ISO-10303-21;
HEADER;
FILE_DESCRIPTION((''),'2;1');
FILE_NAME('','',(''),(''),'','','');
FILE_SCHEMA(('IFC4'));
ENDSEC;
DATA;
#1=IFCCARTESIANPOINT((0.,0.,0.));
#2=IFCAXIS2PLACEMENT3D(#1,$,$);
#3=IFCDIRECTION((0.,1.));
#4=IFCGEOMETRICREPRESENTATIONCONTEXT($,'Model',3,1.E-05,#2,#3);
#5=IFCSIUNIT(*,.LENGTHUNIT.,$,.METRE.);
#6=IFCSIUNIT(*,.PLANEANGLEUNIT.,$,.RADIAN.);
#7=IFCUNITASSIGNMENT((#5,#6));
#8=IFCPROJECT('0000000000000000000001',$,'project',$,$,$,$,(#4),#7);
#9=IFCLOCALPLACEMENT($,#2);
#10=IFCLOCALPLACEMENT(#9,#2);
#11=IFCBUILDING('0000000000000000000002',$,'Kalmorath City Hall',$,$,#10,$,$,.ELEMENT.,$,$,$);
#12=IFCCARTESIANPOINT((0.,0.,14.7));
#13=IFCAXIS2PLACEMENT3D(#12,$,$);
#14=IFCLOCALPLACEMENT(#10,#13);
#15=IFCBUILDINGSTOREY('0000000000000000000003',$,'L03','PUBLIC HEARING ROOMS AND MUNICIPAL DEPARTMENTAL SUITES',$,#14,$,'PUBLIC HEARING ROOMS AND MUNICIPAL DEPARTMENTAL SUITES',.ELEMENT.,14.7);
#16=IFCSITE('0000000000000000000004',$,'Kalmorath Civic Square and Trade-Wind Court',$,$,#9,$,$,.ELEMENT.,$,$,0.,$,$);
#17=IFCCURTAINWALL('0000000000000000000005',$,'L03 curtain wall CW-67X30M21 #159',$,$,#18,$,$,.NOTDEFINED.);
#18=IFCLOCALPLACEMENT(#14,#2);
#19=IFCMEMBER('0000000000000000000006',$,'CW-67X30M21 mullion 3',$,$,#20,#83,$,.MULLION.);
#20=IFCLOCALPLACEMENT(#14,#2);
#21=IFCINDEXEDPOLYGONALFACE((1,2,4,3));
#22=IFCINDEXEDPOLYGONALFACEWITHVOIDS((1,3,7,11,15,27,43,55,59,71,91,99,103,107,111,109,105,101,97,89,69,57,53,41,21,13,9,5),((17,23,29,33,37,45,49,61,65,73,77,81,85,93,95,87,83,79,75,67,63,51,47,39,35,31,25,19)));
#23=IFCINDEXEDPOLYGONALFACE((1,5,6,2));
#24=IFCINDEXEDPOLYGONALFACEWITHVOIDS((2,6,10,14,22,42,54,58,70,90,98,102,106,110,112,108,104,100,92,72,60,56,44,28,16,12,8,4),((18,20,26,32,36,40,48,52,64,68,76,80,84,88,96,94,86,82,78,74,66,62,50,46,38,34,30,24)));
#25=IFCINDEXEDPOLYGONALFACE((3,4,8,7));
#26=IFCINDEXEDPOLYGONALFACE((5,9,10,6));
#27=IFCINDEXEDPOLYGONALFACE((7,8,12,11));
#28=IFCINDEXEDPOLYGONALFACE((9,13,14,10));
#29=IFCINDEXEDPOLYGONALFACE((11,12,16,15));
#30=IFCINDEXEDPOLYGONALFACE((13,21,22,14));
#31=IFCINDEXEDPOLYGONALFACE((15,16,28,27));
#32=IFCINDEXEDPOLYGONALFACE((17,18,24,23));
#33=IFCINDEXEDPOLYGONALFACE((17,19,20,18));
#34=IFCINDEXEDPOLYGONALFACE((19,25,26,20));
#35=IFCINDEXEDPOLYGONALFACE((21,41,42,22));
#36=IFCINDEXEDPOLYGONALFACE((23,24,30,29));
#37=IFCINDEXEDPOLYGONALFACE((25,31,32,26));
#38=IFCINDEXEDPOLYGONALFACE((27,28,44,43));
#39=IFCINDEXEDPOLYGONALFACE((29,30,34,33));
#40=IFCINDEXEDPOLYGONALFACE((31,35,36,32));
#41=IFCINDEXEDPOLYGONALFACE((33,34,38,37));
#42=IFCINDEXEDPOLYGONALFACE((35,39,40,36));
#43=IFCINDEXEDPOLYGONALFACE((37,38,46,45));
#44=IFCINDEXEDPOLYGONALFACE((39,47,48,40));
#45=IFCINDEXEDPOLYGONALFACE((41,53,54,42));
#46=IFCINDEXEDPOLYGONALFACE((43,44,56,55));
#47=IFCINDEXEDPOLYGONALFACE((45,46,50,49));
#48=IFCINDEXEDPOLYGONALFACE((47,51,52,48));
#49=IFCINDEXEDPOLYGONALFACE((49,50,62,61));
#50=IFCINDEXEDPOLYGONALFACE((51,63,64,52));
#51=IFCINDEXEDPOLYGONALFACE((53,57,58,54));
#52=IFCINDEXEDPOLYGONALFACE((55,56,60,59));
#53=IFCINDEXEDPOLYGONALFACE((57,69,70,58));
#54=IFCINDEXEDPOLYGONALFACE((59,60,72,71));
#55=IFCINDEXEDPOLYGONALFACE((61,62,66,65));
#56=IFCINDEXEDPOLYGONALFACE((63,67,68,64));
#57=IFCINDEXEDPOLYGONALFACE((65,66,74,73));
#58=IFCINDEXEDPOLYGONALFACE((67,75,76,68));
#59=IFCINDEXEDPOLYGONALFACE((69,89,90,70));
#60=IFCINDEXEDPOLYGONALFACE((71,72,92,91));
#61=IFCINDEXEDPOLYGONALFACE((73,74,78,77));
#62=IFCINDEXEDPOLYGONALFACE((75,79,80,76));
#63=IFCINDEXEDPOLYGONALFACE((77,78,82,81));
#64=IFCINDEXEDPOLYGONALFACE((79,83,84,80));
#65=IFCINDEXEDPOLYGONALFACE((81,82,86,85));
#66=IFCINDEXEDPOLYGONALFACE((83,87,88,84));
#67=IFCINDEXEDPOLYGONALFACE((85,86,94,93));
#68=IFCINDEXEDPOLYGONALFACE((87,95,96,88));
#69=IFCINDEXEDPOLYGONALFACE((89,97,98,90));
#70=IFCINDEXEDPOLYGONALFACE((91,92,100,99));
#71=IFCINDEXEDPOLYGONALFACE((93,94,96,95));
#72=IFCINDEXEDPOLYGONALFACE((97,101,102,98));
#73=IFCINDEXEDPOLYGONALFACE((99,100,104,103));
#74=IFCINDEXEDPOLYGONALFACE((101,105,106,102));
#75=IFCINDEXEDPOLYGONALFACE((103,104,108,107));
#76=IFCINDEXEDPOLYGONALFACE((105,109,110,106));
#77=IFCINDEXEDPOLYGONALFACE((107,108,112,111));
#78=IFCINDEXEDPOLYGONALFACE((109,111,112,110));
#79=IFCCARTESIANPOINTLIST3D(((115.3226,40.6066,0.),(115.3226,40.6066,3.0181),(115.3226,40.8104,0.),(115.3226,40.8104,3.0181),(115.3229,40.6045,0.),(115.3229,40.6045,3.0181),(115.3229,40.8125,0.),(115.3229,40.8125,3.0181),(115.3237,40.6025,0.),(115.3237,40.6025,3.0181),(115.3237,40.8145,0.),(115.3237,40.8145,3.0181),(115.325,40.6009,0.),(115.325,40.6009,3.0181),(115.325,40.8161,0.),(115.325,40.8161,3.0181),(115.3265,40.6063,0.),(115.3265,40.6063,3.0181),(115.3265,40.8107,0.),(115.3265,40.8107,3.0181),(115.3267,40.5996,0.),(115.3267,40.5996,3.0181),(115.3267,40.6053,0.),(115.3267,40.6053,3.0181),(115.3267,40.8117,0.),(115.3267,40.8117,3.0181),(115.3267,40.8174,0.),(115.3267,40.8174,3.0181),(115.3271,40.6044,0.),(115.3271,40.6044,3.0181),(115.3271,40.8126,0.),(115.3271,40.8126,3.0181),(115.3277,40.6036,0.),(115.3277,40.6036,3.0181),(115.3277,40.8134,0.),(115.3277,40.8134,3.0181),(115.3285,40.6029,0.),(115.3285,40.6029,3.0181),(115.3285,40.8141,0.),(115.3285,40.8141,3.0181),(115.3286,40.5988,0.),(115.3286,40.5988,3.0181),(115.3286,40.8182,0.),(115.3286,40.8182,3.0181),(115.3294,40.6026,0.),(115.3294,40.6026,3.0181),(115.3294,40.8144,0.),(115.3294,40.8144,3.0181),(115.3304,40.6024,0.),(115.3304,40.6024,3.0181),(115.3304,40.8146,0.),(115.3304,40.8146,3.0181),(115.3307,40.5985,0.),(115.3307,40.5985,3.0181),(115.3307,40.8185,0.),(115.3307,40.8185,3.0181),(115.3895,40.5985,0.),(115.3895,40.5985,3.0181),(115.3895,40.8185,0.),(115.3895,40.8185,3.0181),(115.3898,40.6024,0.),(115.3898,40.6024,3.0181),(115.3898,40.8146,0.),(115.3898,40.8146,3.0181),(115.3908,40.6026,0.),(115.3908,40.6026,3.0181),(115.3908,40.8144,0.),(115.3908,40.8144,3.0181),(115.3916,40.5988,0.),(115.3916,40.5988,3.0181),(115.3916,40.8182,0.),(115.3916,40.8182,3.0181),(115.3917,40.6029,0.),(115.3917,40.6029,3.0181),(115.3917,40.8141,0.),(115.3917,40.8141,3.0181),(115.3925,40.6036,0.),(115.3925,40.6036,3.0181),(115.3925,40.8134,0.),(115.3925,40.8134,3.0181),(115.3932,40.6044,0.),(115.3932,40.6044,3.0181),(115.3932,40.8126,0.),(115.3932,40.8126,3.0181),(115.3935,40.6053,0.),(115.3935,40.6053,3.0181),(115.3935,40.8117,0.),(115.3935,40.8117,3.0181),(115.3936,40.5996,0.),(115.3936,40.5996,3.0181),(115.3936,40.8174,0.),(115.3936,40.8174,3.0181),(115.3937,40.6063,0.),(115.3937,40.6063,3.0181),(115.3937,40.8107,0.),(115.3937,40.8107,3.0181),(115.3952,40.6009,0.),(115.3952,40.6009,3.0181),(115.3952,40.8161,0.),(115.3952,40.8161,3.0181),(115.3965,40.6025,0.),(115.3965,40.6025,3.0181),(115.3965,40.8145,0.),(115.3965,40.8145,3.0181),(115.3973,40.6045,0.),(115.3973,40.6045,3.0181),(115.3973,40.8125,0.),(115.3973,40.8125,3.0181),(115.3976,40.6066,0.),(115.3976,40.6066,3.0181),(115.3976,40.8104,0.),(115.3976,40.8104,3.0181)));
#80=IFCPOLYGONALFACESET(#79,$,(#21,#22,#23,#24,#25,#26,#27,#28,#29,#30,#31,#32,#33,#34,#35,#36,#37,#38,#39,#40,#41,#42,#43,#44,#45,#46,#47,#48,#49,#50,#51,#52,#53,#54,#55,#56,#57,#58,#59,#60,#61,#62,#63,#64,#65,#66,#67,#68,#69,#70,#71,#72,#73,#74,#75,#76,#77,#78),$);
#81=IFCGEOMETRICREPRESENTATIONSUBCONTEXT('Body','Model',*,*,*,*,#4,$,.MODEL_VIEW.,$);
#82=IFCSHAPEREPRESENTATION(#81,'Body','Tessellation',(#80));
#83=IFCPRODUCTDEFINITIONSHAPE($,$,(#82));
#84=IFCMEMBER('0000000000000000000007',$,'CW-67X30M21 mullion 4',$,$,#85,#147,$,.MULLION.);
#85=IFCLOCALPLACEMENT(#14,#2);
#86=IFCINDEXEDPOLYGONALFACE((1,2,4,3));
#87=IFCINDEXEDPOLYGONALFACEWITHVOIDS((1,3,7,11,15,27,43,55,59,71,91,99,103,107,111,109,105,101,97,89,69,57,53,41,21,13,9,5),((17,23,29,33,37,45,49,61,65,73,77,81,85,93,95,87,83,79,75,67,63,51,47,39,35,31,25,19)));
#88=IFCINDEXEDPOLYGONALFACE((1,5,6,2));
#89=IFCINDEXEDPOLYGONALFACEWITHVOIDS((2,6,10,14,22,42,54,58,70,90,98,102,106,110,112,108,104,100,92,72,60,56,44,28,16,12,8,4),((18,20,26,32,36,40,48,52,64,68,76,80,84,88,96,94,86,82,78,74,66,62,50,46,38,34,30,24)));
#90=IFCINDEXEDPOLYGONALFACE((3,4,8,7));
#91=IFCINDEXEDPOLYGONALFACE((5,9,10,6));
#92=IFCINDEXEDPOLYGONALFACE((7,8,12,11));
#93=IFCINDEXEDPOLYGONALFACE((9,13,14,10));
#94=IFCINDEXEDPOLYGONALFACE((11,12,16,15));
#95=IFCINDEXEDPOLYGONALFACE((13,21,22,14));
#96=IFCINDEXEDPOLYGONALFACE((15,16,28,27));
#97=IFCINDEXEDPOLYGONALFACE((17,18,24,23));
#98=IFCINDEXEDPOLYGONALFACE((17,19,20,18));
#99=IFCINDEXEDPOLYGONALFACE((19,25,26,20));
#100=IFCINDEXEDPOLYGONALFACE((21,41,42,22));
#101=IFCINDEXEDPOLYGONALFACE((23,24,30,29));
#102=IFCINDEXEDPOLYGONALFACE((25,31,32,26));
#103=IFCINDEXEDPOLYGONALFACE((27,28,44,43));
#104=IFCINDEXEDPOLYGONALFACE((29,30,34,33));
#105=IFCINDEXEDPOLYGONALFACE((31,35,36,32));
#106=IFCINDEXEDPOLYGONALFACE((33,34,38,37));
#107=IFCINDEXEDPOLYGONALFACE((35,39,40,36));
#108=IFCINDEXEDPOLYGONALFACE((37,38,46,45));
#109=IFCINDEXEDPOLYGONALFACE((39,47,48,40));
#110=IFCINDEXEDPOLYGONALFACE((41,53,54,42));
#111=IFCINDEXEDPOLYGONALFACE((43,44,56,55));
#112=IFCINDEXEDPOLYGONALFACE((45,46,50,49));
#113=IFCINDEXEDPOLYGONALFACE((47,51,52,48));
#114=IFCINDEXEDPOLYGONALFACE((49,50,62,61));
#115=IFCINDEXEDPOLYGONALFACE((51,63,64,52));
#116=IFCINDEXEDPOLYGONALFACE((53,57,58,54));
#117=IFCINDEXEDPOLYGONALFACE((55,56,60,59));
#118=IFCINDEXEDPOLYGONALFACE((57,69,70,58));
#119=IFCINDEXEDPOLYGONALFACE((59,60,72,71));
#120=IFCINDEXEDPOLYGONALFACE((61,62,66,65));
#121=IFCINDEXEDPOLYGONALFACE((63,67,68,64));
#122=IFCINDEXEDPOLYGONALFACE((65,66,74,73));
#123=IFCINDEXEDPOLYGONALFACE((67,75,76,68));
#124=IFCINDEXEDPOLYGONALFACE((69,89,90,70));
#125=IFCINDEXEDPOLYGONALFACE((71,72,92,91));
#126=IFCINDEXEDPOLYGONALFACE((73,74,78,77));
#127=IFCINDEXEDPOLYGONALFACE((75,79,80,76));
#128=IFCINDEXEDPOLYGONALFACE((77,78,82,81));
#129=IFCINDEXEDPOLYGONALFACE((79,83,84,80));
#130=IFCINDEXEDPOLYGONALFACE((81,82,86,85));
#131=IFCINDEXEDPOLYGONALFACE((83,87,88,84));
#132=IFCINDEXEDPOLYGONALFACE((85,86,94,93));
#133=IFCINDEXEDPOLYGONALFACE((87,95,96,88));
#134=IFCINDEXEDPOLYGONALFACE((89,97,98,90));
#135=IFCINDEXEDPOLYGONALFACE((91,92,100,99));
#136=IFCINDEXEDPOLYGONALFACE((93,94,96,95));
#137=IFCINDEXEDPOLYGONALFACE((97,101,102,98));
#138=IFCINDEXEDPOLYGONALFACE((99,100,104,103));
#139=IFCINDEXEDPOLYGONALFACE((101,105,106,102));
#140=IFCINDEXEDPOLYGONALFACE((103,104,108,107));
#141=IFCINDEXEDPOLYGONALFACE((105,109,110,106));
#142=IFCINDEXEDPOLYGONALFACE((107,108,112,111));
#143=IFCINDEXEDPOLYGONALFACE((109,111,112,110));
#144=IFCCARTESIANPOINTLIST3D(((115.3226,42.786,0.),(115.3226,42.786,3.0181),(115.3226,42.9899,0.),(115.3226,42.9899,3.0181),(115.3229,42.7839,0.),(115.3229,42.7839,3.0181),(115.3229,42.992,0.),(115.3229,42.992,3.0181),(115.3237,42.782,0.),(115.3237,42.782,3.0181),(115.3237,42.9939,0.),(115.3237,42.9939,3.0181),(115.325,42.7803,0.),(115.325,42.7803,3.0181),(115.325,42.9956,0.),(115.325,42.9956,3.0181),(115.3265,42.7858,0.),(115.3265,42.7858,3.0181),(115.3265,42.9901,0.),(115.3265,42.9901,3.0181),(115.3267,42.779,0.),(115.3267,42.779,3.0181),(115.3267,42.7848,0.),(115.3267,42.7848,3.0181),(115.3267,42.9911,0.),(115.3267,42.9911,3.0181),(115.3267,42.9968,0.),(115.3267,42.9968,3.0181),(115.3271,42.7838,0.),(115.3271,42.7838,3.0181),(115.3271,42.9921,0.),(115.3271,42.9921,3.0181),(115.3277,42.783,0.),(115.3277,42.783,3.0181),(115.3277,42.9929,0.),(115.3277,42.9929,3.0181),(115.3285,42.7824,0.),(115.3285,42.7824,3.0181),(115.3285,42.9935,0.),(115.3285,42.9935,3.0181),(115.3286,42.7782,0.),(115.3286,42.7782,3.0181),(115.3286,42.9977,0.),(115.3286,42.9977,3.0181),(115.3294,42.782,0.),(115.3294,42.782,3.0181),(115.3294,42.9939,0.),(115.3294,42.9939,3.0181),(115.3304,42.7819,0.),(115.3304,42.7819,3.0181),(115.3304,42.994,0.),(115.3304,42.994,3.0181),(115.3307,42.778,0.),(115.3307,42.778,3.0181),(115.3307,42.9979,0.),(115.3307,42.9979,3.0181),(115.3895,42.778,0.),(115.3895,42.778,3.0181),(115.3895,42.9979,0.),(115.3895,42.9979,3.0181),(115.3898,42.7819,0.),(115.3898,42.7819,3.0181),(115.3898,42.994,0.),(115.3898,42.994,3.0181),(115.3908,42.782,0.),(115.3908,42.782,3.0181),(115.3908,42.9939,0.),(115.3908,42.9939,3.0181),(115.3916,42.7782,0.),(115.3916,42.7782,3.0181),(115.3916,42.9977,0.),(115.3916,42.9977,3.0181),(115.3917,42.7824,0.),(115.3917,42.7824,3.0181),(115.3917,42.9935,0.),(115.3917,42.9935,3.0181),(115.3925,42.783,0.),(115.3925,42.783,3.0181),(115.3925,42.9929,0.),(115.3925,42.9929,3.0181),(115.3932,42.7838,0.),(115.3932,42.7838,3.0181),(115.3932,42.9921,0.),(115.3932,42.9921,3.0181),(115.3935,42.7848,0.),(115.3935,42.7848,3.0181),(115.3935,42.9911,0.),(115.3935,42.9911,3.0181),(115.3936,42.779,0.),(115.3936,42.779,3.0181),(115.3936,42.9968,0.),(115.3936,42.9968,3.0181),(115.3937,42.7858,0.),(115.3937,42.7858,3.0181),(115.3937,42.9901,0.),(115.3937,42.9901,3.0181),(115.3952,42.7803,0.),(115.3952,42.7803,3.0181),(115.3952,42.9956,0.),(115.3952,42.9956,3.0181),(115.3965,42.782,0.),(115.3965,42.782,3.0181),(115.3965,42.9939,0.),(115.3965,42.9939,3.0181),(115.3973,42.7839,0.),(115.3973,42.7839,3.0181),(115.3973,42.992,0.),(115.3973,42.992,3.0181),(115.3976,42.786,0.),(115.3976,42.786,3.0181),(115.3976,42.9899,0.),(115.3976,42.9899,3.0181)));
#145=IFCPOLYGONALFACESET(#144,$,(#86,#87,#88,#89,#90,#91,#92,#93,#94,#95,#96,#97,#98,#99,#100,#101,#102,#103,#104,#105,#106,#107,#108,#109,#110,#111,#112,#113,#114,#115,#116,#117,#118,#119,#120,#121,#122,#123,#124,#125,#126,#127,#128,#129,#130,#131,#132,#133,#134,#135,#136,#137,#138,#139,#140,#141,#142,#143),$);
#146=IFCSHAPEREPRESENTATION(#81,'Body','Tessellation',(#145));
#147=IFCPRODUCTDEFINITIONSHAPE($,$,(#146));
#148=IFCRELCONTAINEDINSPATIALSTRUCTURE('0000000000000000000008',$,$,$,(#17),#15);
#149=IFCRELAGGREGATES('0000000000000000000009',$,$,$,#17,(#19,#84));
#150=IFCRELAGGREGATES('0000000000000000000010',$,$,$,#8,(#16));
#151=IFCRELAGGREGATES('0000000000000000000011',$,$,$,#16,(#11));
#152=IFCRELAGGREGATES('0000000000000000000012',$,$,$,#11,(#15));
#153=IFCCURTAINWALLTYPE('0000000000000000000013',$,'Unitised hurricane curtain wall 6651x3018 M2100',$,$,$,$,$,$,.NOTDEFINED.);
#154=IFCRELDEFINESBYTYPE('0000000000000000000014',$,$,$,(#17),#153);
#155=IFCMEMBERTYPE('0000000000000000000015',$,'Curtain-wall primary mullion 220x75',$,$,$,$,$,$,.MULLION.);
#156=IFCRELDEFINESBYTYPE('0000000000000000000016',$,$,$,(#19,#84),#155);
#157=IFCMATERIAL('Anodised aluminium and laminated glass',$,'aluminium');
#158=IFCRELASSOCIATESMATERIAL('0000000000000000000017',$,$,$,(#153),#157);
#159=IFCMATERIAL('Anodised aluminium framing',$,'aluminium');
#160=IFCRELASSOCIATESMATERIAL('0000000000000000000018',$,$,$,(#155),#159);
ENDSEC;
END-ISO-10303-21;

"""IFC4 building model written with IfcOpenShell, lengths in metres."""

from ifc_helpers import new_model, si_unit, direction, frame, origin, origin_2d, place, context, subcontext, project, spatial, hollow_rectangle, extrude, material, material_profile, profile_set, type_object, element, aggregate, save


model = new_model("IFC4")

# Units and contexts
model_context = context("Model", 3, precision=1e-05, world=origin(), true_north=direction((0.0, 1.0)))
body_context = subcontext(model_context, "Body", "Model", "MODEL_VIEW")
ifc_project = project(units=[si_unit("LENGTHUNIT", "METRE"), si_unit("PLANEANGLEUNIT", "RADIAN")], contexts=[model_context])

# Site, building, storey
site_placement = place(None, origin())
site = spatial("IfcSite", under=ifc_project, at=site_placement, Name="Kalmorath Civic Square and Trade-Wind Court", CompositionType="ELEMENT", RefElevation=0.0)
building_placement = place(site_placement, origin())
building = spatial("IfcBuilding", under=site, at=building_placement, Name="Kalmorath City Hall", CompositionType="ELEMENT")
storey_placement = place(building_placement, frame((0.0, 0.0, 14.7)))
storey = spatial("IfcBuildingStorey", under=building, at=storey_placement, Name="L03", Description="PUBLIC HEARING ROOMS AND MUNICIPAL DEPARTMENTAL SUITES", LongName="PUBLIC HEARING ROOMS AND MUNICIPAL DEPARTMENTAL SUITES", CompositionType="ELEMENT", Elevation=14.7)

# Curtain wall, members
ifc_material_1 = material(Name="Anodised aluminium and laminated glass", Category="aluminium")
curtain_wall_type = type_object("IfcCurtainWallType", Name="Unitised hurricane curtain wall 6651x3018 M2100", PredefinedType="NOTDEFINED", material=ifc_material_1)
curtain_wall_placement = place(storey_placement, origin())
curtain_wall = element("IfcCurtainWall", 1, at=curtain_wall_placement, inside=storey, type_object=curtain_wall_type, Name="L03 curtain wall CW-67X30M21 #159", PredefinedType="NOTDEFINED")
ifc_material_2 = material(Name="Anodised aluminium framing", Category="aluminium")
ifc_material_profile_1 = material_profile(ifc_material_2, hollow_rectangle(XDim=0.075, YDim=0.22, WallThickness=0.0039, InnerFilletRadius=0.0039, OuterFilletRadius=0.0081, at=origin_2d()), Name="ALU-MUL-220X75X4")
ifc_profile_set_1 = profile_set([ifc_material_profile_1], Name="Anodised aluminium framing")
member_type_1 = type_object("IfcMemberType", Name="Curtain-wall primary mullion 220x75", PredefinedType="MULLION", material=ifc_profile_set_1)
member_1_placement = place(storey_placement, frame((115.3601, 40.7085, 0.0), z_axis=(0.0, 0.0, 1.0), x_axis=(-1.0, 0.0, 0.0)))
member_1 = element("IfcMember", 2, at=member_1_placement, type_object=member_type_1, Name="CW-67X30M21 mullion 3", PredefinedType="MULLION", context=body_context, shape_type="SweptSolid", body=[
    extrude(hollow_rectangle(XDim=0.075, YDim=0.22, WallThickness=0.0039, InnerFilletRadius=0.0039, OuterFilletRadius=0.0081, at=origin_2d()), origin(), (0.0, 0.0, 1.0), 3.0181),
])
member_2_placement = place(storey_placement, frame((115.3601, 42.8879, 0.0), z_axis=(0.0, 0.0, 1.0), x_axis=(-1.0, 0.0, 0.0)))
member_2 = element("IfcMember", 3, at=member_2_placement, type_object=member_type_1, Name="CW-67X30M21 mullion 4", PredefinedType="MULLION", context=body_context, shape_type="SweptSolid", body=[
    extrude(hollow_rectangle(XDim=0.075, YDim=0.22, WallThickness=0.0039, InnerFilletRadius=0.0039, OuterFilletRadius=0.0081, at=origin_2d()), origin(), (0.0, 0.0, 1.0), 3.0181),
])

aggregate(curtain_wall, [member_1, member_2])

save(model, "model.ifc")
